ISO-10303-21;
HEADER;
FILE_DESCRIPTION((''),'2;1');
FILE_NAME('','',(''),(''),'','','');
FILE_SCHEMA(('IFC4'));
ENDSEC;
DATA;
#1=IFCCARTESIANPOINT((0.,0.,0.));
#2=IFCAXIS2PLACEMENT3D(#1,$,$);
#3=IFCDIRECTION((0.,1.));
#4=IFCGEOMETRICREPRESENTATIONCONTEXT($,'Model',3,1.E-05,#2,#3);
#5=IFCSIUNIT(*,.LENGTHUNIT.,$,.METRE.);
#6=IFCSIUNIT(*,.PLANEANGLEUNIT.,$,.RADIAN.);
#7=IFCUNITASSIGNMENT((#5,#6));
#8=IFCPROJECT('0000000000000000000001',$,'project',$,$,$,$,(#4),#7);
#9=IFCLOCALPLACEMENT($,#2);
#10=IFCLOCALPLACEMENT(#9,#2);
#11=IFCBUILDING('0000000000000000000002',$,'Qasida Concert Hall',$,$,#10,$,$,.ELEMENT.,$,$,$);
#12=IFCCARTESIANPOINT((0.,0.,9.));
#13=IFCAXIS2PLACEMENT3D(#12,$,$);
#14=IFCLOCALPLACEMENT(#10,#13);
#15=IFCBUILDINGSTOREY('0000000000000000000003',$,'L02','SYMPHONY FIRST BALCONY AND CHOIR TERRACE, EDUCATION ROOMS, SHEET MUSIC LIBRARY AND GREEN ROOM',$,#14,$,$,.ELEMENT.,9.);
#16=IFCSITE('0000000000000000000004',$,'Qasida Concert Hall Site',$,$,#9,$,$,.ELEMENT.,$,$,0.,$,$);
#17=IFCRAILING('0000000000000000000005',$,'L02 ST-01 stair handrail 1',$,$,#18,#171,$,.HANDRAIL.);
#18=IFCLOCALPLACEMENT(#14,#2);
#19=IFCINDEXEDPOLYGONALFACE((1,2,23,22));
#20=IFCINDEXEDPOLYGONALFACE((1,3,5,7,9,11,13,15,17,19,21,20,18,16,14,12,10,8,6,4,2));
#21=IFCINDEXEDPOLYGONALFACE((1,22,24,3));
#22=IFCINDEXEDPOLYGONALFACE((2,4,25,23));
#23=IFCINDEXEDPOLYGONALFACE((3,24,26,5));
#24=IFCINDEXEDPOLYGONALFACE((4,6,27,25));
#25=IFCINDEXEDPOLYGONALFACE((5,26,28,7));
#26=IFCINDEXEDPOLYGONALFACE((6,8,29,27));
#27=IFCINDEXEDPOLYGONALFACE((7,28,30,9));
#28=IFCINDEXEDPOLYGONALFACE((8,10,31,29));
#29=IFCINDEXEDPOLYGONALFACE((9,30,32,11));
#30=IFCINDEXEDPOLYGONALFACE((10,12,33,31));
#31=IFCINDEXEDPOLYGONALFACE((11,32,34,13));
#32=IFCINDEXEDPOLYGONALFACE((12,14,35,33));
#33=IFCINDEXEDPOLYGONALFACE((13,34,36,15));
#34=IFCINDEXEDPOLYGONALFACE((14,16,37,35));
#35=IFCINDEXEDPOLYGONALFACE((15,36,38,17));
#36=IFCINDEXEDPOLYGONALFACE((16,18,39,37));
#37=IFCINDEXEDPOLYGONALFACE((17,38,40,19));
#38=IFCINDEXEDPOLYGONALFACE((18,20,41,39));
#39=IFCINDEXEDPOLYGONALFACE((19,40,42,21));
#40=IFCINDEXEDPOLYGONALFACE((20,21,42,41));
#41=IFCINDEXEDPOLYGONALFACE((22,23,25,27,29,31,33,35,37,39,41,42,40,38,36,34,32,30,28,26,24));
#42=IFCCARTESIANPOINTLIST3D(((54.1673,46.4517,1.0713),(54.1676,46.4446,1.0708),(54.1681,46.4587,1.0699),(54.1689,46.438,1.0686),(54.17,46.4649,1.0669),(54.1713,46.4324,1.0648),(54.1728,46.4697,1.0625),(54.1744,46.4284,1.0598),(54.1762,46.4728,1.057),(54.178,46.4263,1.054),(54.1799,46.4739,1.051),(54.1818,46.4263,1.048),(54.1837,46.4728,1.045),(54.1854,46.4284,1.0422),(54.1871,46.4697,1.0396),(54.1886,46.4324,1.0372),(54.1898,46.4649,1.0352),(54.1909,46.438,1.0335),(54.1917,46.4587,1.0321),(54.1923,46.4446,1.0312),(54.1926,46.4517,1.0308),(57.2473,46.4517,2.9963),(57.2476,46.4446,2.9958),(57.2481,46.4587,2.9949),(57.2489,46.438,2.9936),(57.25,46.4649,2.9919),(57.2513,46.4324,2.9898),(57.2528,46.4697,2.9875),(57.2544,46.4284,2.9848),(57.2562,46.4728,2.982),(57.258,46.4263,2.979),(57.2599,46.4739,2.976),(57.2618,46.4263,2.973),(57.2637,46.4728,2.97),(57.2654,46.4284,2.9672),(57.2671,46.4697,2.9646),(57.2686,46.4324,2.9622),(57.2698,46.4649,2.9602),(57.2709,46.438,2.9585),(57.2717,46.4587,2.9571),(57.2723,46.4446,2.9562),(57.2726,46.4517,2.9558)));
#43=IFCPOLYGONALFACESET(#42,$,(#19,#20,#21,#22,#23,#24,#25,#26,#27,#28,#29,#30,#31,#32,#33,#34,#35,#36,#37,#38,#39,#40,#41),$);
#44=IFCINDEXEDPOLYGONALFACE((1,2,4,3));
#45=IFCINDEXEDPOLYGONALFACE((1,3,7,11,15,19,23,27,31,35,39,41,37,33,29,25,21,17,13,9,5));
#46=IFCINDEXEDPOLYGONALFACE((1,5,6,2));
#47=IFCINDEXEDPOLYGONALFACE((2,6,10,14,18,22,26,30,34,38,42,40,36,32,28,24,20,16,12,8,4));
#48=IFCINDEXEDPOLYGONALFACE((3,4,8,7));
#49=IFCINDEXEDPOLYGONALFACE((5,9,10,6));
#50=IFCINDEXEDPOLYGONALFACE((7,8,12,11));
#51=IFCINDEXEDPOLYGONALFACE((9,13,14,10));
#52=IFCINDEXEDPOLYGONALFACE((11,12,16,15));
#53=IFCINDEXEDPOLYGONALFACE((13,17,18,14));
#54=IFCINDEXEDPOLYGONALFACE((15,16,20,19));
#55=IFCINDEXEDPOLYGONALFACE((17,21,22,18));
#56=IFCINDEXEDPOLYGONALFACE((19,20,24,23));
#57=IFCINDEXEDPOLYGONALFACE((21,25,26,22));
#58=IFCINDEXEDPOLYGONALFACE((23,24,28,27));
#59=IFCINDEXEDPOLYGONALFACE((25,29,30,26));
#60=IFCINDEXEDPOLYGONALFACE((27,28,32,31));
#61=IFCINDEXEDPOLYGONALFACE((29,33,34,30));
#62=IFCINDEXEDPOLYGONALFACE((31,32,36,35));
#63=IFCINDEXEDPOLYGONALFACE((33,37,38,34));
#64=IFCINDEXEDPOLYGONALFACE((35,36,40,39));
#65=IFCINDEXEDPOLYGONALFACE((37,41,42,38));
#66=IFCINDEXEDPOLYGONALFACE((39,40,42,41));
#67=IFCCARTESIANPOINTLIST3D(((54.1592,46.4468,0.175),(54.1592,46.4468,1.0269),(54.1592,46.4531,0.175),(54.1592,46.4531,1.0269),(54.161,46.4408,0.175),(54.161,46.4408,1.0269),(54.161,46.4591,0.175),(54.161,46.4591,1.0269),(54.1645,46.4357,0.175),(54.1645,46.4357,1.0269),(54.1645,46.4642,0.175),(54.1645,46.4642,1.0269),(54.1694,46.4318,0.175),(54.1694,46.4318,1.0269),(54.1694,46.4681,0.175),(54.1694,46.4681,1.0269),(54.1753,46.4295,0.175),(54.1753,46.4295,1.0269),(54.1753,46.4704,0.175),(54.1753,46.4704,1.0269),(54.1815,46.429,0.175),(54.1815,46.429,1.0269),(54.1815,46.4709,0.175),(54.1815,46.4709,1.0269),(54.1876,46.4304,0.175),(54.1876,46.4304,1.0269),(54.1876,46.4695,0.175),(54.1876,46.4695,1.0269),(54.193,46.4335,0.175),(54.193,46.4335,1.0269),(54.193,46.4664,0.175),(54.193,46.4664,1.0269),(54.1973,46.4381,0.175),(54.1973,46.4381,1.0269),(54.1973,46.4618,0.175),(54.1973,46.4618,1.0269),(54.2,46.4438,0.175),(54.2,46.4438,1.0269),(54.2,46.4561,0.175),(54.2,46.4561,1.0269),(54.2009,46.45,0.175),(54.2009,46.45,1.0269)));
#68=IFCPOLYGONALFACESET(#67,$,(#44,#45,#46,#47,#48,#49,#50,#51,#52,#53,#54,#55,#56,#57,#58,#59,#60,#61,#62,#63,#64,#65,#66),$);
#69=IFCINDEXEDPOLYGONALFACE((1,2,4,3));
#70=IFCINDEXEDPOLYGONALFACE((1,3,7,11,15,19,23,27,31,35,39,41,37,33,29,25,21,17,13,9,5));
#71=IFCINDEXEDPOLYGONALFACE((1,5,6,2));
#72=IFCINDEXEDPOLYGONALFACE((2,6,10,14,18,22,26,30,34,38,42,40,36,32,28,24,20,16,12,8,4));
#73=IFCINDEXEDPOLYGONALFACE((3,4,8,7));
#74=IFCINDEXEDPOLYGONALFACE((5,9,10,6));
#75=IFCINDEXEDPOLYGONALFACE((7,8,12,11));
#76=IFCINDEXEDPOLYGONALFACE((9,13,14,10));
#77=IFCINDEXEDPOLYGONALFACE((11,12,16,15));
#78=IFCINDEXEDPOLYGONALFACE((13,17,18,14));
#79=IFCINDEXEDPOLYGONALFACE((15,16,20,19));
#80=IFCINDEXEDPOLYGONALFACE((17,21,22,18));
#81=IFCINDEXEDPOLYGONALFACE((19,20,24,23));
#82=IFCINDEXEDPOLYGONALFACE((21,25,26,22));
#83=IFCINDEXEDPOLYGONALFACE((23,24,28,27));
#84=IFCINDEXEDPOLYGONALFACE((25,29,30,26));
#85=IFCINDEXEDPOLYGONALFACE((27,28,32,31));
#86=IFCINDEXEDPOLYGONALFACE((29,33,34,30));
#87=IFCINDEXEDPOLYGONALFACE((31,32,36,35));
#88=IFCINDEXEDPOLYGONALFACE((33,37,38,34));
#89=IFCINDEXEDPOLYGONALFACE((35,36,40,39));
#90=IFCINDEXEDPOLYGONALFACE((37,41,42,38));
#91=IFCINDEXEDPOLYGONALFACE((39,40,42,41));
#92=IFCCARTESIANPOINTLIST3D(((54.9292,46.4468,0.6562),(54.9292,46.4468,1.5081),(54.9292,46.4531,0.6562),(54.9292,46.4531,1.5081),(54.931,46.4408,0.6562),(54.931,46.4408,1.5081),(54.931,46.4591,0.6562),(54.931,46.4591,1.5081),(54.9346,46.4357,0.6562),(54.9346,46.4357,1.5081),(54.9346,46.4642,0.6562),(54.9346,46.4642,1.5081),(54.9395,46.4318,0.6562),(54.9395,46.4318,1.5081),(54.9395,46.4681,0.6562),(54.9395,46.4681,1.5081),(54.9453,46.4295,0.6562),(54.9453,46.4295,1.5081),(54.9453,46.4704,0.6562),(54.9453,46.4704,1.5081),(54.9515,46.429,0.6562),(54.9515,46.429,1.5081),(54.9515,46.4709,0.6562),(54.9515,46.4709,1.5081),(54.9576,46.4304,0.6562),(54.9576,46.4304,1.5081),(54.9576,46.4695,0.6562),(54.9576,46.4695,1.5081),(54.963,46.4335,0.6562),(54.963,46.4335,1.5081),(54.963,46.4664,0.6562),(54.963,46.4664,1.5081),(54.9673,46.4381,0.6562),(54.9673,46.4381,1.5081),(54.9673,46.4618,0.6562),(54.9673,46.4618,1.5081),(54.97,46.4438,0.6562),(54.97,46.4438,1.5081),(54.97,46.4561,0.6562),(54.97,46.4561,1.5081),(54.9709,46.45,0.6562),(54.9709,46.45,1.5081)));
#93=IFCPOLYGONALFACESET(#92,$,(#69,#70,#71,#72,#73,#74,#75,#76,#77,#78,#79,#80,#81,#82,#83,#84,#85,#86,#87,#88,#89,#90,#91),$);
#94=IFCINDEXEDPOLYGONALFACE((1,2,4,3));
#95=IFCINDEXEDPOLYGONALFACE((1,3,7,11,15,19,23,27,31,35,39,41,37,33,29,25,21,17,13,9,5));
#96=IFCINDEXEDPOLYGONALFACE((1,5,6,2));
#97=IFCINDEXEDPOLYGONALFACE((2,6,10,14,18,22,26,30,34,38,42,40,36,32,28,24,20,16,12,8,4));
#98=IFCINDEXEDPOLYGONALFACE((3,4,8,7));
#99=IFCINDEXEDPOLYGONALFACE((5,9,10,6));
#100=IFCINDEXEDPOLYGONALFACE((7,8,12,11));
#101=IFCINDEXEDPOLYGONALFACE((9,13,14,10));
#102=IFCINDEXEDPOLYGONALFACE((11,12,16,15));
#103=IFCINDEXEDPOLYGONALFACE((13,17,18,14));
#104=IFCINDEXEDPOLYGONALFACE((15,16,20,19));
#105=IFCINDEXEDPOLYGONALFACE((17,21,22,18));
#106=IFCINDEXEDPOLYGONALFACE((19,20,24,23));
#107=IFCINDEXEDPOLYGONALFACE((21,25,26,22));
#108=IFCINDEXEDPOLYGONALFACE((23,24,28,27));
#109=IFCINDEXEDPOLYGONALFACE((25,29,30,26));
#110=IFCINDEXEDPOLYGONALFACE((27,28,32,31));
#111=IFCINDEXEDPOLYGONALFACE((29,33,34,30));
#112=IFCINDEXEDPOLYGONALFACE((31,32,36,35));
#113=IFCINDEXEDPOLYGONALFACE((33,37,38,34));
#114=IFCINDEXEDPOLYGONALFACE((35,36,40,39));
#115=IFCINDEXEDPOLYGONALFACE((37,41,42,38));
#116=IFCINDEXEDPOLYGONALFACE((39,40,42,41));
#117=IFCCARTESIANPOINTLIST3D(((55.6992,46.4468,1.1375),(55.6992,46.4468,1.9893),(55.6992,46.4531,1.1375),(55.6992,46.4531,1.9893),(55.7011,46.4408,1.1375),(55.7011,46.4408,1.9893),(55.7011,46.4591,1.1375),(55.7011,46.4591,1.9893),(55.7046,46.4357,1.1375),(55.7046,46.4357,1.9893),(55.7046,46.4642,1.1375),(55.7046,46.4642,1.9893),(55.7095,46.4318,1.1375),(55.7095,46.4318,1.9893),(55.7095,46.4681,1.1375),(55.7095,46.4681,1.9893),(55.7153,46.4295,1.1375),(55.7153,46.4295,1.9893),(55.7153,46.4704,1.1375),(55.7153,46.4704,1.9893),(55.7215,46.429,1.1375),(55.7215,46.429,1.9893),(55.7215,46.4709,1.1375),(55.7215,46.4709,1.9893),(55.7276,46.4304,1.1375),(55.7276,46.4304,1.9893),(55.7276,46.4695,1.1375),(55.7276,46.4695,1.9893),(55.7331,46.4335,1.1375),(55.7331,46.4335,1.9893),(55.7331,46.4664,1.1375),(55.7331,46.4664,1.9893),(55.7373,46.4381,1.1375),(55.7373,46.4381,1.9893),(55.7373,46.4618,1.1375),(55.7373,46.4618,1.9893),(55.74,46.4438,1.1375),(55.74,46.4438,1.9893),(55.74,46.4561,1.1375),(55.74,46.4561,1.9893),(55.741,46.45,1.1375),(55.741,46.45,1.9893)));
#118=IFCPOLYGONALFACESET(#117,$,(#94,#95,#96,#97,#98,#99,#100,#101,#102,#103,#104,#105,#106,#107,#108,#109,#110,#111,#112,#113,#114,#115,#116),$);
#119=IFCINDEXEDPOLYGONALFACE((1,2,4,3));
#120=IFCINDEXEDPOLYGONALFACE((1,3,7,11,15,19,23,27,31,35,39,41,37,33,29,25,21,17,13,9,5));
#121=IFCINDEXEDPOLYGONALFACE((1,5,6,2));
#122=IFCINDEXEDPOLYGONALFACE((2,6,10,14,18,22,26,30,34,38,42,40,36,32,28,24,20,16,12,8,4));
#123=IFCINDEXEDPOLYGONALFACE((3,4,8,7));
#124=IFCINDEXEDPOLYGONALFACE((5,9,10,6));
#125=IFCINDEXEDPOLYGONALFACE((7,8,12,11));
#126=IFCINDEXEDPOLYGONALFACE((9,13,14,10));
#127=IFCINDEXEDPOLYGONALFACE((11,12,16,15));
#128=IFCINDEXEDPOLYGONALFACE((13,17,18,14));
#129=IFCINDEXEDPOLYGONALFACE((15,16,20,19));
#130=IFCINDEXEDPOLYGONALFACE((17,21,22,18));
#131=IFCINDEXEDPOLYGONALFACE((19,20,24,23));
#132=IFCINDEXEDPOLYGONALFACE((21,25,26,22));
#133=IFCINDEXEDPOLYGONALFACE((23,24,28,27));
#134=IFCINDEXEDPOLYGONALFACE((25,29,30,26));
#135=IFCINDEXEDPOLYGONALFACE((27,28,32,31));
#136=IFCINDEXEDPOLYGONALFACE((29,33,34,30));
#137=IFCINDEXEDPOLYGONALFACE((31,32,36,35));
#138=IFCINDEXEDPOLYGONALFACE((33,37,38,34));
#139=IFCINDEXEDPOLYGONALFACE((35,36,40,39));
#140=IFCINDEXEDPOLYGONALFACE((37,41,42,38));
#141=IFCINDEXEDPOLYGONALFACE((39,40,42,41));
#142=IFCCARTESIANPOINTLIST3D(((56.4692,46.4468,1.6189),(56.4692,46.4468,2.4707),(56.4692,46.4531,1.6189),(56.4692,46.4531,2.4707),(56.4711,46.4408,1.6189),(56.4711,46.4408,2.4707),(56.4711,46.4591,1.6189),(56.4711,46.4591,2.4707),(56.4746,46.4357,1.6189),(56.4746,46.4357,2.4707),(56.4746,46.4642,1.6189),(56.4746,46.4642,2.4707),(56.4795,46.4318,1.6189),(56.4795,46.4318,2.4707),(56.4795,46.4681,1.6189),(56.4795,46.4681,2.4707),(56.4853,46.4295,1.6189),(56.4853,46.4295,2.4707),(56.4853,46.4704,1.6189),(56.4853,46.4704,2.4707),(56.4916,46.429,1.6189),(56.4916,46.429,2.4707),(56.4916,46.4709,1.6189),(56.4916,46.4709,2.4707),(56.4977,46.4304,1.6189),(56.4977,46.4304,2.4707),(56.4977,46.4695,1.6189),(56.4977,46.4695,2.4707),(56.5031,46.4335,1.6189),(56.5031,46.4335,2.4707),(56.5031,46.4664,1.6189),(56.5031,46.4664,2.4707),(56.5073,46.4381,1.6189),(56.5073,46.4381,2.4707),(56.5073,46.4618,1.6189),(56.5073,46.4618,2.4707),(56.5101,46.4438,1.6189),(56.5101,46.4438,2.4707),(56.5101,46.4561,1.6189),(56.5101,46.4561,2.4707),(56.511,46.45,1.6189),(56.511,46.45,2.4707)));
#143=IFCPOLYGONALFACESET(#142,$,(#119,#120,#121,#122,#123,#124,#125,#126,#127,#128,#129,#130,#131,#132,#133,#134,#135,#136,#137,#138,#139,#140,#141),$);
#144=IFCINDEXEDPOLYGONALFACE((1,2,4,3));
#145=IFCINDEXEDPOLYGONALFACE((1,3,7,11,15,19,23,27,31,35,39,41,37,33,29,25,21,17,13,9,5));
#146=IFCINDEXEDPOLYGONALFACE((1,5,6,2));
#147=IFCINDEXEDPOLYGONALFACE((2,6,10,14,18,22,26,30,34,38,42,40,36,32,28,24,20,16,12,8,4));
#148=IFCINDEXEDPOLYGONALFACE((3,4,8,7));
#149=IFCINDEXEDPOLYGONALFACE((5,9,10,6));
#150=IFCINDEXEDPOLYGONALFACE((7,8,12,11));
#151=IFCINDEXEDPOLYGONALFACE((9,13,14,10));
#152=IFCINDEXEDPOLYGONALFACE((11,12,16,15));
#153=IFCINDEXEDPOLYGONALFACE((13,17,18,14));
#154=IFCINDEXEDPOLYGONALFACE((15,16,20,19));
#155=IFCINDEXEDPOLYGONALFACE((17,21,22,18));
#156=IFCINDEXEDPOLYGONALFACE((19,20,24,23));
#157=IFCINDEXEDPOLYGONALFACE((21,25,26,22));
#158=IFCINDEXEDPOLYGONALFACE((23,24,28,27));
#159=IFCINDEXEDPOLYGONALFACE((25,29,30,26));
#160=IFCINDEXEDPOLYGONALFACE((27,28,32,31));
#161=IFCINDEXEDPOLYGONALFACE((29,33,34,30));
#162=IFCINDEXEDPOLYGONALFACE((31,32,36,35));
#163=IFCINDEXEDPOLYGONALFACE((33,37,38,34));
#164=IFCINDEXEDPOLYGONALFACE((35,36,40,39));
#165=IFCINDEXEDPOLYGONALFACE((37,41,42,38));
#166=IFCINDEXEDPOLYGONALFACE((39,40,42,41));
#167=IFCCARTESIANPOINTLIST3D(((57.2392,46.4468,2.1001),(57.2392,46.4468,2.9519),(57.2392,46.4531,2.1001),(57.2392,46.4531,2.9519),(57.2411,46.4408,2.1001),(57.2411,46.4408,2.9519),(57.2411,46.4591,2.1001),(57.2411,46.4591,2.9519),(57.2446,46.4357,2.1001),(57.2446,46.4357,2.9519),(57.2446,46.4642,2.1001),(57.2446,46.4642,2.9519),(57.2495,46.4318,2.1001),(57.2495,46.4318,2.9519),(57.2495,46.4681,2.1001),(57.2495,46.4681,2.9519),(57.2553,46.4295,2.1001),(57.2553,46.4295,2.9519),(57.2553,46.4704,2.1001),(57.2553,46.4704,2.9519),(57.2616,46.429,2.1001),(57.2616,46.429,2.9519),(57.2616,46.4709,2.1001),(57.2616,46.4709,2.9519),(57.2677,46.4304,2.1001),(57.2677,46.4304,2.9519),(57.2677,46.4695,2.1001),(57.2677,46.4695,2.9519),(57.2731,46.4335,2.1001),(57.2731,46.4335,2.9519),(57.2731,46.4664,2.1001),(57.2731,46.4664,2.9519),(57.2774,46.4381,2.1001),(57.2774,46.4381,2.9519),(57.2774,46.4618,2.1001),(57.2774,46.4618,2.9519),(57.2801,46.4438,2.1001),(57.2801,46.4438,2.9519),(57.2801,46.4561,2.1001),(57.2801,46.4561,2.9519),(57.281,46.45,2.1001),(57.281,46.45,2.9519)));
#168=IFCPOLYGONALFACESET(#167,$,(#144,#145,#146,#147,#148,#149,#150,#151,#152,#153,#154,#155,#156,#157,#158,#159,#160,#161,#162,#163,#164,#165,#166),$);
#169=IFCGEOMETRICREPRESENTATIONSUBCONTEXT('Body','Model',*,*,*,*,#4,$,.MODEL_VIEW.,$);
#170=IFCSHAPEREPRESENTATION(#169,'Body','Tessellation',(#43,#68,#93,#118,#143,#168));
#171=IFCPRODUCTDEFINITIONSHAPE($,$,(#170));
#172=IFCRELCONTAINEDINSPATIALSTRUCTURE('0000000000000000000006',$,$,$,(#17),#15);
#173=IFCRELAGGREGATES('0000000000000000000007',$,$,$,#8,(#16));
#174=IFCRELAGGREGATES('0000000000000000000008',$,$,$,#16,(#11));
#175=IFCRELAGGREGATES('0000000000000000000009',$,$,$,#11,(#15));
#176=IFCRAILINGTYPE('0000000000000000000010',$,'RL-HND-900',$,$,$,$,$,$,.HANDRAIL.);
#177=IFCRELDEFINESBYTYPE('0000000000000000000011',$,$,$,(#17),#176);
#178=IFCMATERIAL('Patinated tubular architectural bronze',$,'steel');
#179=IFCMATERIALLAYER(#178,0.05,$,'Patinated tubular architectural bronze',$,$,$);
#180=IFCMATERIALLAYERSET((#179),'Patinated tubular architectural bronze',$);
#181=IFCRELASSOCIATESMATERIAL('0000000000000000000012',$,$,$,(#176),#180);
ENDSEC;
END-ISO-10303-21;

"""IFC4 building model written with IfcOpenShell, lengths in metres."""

from ifc_helpers import new_model, si_unit, direction, frame, origin, origin_2d, place, context, subcontext, project, spatial, circle, extrude, material, layer, layer_set, type_object, element, save


model = new_model("IFC4")

# Units and contexts
model_context = context("Model", 3, precision=1e-05, world=origin(), true_north=direction((0.0, 1.0)))
body_context = subcontext(model_context, "Body", "Model", "MODEL_VIEW")
ifc_project = project(units=[si_unit("LENGTHUNIT", "METRE"), si_unit("PLANEANGLEUNIT", "RADIAN")], contexts=[model_context])

# Site, building, storey
site_placement = place(None, origin())
site = spatial("IfcSite", under=ifc_project, at=site_placement, Name="Qasida Concert Hall Site", CompositionType="ELEMENT", RefElevation=0.0)
building_placement = place(site_placement, origin())
building = spatial("IfcBuilding", under=site, at=building_placement, Name="Qasida Concert Hall", CompositionType="ELEMENT")
storey_placement = place(building_placement, frame((0.0, 0.0, 9.0)))
storey = spatial("IfcBuildingStorey", under=building, at=storey_placement, Name="L02", Description="SYMPHONY FIRST BALCONY AND CHOIR TERRACE, EDUCATION ROOMS, SHEET MUSIC LIBRARY AND GREEN ROOM", CompositionType="ELEMENT", Elevation=9.0)

# Railing
ifc_material_1 = material(Name="Patinated tubular architectural bronze", Category="steel")
ifc_layer_1 = layer(ifc_material_1, 0.05, Name="Patinated tubular architectural bronze")
ifc_layer_set_1 = layer_set([ifc_layer_1], Name="Patinated tubular architectural bronze")
railing_type_1 = type_object("IfcRailingType", Name="RL-HND-900", PredefinedType="HANDRAIL", material=ifc_layer_set_1)
railing_1_placement = place(storey_placement, frame((54.1799, 46.45, 0.175)))
element("IfcRailing", 1, at=railing_1_placement, inside=storey, type_object=railing_type_1, Name="L02 ST-01 stair handrail 1", PredefinedType="HANDRAIL", context=body_context, shape_type="SweptSolid", body=[
    extrude(circle(Radius=0.0239, at=origin_2d()), frame((0.0, 0.0, 0.876), z_axis=(0.847998, 0.0, 0.529999), x_axis=(0.0, 1.0, 0.0)), (0.0, 0.0, 1.0), 3.6321),
    extrude(circle(Radius=0.021, at=origin_2d()), origin(), (0.0, 0.0, 1.0), 0.8518),
    extrude(circle(Radius=0.021, at=origin_2d()), frame((0.77, 0.0, 0.4812)), (0.0, 0.0, 1.0), 0.8518),
    extrude(circle(Radius=0.021, at=origin_2d()), frame((1.54, 0.0, 0.9624)), (0.0, 0.0, 1.0), 0.8518),
    extrude(circle(Radius=0.021, at=origin_2d()), frame((2.3101, 0.0, 1.4438)), (0.0, 0.0, 1.0), 0.8518),
    extrude(circle(Radius=0.021, at=origin_2d()), frame((3.0801, 0.0, 1.925)), (0.0, 0.0, 1.0), 0.8518),
])

save(model, "model.ifc")
